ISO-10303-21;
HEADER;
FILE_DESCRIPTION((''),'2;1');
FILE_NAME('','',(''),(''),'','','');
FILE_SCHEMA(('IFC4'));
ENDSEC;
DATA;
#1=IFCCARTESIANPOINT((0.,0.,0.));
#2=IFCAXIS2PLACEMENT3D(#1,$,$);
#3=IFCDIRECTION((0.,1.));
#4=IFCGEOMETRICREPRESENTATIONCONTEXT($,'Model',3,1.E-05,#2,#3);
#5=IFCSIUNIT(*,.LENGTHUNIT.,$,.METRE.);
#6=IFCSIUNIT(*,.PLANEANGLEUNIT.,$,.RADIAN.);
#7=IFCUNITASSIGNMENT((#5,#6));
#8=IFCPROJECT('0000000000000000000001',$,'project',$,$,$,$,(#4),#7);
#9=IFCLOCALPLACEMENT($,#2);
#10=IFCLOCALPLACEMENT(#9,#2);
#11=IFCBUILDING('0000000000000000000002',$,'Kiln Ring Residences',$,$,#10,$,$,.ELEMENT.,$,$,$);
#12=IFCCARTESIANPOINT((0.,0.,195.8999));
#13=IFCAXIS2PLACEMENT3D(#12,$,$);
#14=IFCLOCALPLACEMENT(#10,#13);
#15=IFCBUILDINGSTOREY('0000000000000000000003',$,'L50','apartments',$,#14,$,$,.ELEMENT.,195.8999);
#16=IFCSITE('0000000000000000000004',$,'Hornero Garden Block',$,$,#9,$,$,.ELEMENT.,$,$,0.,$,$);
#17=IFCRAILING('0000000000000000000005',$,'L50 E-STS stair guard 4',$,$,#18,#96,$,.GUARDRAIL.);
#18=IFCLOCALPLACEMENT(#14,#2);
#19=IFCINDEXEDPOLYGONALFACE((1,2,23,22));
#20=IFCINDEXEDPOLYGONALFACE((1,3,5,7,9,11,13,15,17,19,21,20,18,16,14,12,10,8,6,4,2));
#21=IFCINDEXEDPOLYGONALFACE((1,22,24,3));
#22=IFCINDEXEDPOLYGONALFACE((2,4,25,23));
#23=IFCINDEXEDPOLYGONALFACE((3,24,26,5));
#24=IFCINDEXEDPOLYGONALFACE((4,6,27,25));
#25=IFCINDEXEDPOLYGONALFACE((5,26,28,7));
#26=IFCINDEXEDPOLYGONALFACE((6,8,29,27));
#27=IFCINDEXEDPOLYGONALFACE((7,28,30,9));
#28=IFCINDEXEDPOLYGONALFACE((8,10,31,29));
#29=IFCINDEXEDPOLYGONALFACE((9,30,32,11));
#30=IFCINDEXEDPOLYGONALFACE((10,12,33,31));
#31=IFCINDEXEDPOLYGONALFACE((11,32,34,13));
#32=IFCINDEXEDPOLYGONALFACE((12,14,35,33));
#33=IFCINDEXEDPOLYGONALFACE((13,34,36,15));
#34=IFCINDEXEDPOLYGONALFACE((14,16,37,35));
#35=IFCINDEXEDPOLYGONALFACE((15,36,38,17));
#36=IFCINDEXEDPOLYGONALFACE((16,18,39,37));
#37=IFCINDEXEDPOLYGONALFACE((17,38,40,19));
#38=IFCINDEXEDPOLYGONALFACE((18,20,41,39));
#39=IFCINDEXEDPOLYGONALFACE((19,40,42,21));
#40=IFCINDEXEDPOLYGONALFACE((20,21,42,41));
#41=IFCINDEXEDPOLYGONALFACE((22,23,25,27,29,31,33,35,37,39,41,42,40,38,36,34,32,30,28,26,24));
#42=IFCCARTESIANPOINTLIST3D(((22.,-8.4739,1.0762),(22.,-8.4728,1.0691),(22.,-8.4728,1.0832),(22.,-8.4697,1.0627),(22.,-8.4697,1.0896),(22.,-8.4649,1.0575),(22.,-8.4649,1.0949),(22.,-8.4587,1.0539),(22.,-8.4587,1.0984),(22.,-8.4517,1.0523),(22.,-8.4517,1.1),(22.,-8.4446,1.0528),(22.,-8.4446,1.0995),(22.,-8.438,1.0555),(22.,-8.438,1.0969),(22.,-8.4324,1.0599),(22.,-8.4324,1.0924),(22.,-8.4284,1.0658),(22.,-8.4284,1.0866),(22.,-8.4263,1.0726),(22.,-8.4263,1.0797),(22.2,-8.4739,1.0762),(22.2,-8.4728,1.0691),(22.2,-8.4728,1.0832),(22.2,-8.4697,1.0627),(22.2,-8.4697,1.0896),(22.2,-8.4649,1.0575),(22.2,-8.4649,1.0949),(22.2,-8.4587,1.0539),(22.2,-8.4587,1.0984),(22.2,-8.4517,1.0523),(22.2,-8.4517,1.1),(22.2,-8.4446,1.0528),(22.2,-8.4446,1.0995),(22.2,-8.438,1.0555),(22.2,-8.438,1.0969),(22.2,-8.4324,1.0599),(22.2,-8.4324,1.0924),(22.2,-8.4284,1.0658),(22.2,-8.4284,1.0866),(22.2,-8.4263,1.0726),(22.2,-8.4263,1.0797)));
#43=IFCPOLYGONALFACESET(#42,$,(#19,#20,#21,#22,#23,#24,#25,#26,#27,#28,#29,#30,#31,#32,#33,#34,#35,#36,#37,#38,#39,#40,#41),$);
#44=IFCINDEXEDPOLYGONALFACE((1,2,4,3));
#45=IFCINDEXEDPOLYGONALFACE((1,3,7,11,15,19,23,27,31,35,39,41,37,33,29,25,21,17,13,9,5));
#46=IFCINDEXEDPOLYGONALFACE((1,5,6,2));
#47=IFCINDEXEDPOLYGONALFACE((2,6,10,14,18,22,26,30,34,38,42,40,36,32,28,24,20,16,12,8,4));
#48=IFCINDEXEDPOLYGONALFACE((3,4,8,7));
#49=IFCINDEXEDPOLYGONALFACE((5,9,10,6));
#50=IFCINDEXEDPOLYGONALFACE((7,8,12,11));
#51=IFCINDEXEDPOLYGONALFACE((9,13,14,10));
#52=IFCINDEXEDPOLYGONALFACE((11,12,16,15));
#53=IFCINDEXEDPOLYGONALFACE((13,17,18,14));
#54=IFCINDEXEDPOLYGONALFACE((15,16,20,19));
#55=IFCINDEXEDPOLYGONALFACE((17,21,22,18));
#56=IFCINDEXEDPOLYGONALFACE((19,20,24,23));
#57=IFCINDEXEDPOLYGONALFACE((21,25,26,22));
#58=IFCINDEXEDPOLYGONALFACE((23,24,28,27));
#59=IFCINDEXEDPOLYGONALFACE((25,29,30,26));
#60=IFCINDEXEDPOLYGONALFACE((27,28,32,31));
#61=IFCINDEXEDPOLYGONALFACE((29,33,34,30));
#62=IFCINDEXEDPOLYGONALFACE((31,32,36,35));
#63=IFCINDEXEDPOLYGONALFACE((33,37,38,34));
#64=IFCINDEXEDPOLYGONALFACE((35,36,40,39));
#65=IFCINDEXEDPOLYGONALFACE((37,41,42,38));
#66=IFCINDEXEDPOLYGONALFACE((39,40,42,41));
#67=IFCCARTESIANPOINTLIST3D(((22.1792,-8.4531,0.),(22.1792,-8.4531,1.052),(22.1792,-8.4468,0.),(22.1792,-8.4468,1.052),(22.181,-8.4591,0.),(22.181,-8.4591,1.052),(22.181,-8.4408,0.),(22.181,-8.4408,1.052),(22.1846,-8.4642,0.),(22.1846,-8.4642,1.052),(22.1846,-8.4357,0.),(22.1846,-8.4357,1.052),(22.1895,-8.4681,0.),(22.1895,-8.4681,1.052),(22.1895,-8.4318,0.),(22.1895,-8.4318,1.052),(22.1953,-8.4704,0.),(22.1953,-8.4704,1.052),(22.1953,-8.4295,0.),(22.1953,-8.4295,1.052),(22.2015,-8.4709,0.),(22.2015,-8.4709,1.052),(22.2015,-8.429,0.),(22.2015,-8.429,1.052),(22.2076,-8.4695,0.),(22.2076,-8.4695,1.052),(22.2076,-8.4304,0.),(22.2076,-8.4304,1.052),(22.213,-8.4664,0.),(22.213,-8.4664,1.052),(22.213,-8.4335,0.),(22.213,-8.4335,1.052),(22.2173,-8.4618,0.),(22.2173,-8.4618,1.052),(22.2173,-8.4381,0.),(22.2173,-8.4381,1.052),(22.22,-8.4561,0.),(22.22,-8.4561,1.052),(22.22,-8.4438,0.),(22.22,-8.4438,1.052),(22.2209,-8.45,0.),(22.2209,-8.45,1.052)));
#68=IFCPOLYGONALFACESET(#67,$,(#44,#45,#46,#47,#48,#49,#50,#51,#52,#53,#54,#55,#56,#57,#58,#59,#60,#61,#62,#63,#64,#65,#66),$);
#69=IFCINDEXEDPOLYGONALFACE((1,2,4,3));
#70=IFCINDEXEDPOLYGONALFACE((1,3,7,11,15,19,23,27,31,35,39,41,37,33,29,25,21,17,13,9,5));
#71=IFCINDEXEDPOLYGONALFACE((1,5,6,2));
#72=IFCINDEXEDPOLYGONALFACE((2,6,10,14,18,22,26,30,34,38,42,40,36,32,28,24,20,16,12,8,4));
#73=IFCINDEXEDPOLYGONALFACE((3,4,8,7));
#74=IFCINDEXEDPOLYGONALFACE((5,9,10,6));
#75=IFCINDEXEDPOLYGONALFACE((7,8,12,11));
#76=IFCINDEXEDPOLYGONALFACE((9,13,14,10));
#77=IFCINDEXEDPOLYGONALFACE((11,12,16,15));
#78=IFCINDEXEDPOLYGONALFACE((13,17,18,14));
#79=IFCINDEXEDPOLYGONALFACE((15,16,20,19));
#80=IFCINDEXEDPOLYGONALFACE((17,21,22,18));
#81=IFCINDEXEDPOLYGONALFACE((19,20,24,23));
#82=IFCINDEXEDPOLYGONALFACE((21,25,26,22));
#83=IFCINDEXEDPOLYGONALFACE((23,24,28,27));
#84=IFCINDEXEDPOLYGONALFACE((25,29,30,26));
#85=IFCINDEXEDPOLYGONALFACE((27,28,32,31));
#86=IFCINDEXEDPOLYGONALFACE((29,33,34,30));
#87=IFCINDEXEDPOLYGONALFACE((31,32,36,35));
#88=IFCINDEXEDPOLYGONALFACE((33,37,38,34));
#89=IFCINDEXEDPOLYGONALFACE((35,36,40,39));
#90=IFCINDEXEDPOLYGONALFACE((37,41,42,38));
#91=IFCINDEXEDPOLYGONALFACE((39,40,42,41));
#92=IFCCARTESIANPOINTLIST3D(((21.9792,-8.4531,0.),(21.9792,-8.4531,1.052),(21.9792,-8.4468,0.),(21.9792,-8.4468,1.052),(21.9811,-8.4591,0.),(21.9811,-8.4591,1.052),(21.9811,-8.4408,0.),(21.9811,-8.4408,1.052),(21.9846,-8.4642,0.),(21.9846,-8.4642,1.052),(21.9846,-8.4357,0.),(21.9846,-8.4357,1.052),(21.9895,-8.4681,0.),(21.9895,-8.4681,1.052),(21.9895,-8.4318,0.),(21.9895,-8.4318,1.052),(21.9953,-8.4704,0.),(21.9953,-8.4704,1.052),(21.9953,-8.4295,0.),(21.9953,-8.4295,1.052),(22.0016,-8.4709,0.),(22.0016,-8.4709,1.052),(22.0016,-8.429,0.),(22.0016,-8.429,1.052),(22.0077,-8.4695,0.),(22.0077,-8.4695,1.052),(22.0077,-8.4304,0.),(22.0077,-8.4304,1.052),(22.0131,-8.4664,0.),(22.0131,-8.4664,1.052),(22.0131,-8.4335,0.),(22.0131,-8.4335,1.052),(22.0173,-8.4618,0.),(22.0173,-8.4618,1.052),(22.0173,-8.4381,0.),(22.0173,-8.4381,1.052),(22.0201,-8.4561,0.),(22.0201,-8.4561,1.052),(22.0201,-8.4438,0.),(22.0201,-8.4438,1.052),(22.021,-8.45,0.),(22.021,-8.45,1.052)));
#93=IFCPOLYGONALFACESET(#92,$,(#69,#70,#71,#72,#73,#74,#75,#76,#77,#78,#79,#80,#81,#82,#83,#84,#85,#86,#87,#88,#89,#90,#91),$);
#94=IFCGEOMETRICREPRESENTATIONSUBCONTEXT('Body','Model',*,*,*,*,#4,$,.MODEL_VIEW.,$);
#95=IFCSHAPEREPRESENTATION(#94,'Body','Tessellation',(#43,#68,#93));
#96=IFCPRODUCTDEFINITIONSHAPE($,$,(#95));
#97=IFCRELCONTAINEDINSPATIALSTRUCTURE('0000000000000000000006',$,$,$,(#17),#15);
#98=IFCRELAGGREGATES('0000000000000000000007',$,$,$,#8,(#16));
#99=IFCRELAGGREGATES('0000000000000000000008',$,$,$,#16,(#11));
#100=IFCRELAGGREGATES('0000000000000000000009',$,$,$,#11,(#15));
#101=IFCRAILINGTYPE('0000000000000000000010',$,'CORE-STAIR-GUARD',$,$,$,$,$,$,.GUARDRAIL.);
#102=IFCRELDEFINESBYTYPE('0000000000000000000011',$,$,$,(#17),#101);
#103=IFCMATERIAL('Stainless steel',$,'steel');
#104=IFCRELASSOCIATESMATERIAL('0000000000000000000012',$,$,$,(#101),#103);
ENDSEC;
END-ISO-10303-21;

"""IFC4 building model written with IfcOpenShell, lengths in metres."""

from ifc_helpers import new_model, si_unit, direction, frame, origin, origin_2d, place, context, subcontext, project, spatial, circle, extrude, material, type_object, element, save


model = new_model("IFC4")

# Units and contexts
model_context = context("Model", 3, precision=1e-05, world=origin(), true_north=direction((0.0, 1.0)))
body_context = subcontext(model_context, "Body", "Model", "MODEL_VIEW")
ifc_project = project(units=[si_unit("LENGTHUNIT", "METRE"), si_unit("PLANEANGLEUNIT", "RADIAN")], contexts=[model_context])

# Site, building, storey
site_placement = place(None, origin())
site = spatial("IfcSite", under=ifc_project, at=site_placement, Name="Hornero Garden Block", CompositionType="ELEMENT", RefElevation=0.0)
building_placement = place(site_placement, origin())
building = spatial("IfcBuilding", under=site, at=building_placement, Name="Kiln Ring Residences", CompositionType="ELEMENT")
storey_placement = place(building_placement, frame((0.0, 0.0, 195.8999)))
storey = spatial("IfcBuildingStorey", under=building, at=storey_placement, Name="L50", Description="apartments", CompositionType="ELEMENT", Elevation=195.8999)

# Railing
ifc_material_1 = material(Name="Stainless steel", Category="steel")
railing_type_1 = type_object("IfcRailingType", Name="CORE-STAIR-GUARD", PredefinedType="GUARDRAIL", material=ifc_material_1)
railing_1_placement = place(storey_placement, frame((22.2, -8.45, 0.0)))
element("IfcRailing", 1, at=railing_1_placement, inside=storey, type_object=railing_type_1, Name="L50 E-STS stair guard 4", PredefinedType="GUARDRAIL", context=body_context, shape_type="SweptSolid", body=[
    extrude(circle(Radius=0.0239, at=origin_2d()), frame((0.0, 0.0, 1.0762), z_axis=(-1.0, 0.0, 0.0), x_axis=(0.0, -1.0, 0.0)), (0.0, 0.0, 1.0), 0.2),
    extrude(circle(Radius=0.021, at=origin_2d()), origin(), (0.0, 0.0, 1.0), 1.052),
    extrude(circle(Radius=0.021, at=origin_2d()), frame((-0.2, 0.0, 0.0)), (0.0, 0.0, 1.0), 1.052),
])

save(model, "model.ifc")
